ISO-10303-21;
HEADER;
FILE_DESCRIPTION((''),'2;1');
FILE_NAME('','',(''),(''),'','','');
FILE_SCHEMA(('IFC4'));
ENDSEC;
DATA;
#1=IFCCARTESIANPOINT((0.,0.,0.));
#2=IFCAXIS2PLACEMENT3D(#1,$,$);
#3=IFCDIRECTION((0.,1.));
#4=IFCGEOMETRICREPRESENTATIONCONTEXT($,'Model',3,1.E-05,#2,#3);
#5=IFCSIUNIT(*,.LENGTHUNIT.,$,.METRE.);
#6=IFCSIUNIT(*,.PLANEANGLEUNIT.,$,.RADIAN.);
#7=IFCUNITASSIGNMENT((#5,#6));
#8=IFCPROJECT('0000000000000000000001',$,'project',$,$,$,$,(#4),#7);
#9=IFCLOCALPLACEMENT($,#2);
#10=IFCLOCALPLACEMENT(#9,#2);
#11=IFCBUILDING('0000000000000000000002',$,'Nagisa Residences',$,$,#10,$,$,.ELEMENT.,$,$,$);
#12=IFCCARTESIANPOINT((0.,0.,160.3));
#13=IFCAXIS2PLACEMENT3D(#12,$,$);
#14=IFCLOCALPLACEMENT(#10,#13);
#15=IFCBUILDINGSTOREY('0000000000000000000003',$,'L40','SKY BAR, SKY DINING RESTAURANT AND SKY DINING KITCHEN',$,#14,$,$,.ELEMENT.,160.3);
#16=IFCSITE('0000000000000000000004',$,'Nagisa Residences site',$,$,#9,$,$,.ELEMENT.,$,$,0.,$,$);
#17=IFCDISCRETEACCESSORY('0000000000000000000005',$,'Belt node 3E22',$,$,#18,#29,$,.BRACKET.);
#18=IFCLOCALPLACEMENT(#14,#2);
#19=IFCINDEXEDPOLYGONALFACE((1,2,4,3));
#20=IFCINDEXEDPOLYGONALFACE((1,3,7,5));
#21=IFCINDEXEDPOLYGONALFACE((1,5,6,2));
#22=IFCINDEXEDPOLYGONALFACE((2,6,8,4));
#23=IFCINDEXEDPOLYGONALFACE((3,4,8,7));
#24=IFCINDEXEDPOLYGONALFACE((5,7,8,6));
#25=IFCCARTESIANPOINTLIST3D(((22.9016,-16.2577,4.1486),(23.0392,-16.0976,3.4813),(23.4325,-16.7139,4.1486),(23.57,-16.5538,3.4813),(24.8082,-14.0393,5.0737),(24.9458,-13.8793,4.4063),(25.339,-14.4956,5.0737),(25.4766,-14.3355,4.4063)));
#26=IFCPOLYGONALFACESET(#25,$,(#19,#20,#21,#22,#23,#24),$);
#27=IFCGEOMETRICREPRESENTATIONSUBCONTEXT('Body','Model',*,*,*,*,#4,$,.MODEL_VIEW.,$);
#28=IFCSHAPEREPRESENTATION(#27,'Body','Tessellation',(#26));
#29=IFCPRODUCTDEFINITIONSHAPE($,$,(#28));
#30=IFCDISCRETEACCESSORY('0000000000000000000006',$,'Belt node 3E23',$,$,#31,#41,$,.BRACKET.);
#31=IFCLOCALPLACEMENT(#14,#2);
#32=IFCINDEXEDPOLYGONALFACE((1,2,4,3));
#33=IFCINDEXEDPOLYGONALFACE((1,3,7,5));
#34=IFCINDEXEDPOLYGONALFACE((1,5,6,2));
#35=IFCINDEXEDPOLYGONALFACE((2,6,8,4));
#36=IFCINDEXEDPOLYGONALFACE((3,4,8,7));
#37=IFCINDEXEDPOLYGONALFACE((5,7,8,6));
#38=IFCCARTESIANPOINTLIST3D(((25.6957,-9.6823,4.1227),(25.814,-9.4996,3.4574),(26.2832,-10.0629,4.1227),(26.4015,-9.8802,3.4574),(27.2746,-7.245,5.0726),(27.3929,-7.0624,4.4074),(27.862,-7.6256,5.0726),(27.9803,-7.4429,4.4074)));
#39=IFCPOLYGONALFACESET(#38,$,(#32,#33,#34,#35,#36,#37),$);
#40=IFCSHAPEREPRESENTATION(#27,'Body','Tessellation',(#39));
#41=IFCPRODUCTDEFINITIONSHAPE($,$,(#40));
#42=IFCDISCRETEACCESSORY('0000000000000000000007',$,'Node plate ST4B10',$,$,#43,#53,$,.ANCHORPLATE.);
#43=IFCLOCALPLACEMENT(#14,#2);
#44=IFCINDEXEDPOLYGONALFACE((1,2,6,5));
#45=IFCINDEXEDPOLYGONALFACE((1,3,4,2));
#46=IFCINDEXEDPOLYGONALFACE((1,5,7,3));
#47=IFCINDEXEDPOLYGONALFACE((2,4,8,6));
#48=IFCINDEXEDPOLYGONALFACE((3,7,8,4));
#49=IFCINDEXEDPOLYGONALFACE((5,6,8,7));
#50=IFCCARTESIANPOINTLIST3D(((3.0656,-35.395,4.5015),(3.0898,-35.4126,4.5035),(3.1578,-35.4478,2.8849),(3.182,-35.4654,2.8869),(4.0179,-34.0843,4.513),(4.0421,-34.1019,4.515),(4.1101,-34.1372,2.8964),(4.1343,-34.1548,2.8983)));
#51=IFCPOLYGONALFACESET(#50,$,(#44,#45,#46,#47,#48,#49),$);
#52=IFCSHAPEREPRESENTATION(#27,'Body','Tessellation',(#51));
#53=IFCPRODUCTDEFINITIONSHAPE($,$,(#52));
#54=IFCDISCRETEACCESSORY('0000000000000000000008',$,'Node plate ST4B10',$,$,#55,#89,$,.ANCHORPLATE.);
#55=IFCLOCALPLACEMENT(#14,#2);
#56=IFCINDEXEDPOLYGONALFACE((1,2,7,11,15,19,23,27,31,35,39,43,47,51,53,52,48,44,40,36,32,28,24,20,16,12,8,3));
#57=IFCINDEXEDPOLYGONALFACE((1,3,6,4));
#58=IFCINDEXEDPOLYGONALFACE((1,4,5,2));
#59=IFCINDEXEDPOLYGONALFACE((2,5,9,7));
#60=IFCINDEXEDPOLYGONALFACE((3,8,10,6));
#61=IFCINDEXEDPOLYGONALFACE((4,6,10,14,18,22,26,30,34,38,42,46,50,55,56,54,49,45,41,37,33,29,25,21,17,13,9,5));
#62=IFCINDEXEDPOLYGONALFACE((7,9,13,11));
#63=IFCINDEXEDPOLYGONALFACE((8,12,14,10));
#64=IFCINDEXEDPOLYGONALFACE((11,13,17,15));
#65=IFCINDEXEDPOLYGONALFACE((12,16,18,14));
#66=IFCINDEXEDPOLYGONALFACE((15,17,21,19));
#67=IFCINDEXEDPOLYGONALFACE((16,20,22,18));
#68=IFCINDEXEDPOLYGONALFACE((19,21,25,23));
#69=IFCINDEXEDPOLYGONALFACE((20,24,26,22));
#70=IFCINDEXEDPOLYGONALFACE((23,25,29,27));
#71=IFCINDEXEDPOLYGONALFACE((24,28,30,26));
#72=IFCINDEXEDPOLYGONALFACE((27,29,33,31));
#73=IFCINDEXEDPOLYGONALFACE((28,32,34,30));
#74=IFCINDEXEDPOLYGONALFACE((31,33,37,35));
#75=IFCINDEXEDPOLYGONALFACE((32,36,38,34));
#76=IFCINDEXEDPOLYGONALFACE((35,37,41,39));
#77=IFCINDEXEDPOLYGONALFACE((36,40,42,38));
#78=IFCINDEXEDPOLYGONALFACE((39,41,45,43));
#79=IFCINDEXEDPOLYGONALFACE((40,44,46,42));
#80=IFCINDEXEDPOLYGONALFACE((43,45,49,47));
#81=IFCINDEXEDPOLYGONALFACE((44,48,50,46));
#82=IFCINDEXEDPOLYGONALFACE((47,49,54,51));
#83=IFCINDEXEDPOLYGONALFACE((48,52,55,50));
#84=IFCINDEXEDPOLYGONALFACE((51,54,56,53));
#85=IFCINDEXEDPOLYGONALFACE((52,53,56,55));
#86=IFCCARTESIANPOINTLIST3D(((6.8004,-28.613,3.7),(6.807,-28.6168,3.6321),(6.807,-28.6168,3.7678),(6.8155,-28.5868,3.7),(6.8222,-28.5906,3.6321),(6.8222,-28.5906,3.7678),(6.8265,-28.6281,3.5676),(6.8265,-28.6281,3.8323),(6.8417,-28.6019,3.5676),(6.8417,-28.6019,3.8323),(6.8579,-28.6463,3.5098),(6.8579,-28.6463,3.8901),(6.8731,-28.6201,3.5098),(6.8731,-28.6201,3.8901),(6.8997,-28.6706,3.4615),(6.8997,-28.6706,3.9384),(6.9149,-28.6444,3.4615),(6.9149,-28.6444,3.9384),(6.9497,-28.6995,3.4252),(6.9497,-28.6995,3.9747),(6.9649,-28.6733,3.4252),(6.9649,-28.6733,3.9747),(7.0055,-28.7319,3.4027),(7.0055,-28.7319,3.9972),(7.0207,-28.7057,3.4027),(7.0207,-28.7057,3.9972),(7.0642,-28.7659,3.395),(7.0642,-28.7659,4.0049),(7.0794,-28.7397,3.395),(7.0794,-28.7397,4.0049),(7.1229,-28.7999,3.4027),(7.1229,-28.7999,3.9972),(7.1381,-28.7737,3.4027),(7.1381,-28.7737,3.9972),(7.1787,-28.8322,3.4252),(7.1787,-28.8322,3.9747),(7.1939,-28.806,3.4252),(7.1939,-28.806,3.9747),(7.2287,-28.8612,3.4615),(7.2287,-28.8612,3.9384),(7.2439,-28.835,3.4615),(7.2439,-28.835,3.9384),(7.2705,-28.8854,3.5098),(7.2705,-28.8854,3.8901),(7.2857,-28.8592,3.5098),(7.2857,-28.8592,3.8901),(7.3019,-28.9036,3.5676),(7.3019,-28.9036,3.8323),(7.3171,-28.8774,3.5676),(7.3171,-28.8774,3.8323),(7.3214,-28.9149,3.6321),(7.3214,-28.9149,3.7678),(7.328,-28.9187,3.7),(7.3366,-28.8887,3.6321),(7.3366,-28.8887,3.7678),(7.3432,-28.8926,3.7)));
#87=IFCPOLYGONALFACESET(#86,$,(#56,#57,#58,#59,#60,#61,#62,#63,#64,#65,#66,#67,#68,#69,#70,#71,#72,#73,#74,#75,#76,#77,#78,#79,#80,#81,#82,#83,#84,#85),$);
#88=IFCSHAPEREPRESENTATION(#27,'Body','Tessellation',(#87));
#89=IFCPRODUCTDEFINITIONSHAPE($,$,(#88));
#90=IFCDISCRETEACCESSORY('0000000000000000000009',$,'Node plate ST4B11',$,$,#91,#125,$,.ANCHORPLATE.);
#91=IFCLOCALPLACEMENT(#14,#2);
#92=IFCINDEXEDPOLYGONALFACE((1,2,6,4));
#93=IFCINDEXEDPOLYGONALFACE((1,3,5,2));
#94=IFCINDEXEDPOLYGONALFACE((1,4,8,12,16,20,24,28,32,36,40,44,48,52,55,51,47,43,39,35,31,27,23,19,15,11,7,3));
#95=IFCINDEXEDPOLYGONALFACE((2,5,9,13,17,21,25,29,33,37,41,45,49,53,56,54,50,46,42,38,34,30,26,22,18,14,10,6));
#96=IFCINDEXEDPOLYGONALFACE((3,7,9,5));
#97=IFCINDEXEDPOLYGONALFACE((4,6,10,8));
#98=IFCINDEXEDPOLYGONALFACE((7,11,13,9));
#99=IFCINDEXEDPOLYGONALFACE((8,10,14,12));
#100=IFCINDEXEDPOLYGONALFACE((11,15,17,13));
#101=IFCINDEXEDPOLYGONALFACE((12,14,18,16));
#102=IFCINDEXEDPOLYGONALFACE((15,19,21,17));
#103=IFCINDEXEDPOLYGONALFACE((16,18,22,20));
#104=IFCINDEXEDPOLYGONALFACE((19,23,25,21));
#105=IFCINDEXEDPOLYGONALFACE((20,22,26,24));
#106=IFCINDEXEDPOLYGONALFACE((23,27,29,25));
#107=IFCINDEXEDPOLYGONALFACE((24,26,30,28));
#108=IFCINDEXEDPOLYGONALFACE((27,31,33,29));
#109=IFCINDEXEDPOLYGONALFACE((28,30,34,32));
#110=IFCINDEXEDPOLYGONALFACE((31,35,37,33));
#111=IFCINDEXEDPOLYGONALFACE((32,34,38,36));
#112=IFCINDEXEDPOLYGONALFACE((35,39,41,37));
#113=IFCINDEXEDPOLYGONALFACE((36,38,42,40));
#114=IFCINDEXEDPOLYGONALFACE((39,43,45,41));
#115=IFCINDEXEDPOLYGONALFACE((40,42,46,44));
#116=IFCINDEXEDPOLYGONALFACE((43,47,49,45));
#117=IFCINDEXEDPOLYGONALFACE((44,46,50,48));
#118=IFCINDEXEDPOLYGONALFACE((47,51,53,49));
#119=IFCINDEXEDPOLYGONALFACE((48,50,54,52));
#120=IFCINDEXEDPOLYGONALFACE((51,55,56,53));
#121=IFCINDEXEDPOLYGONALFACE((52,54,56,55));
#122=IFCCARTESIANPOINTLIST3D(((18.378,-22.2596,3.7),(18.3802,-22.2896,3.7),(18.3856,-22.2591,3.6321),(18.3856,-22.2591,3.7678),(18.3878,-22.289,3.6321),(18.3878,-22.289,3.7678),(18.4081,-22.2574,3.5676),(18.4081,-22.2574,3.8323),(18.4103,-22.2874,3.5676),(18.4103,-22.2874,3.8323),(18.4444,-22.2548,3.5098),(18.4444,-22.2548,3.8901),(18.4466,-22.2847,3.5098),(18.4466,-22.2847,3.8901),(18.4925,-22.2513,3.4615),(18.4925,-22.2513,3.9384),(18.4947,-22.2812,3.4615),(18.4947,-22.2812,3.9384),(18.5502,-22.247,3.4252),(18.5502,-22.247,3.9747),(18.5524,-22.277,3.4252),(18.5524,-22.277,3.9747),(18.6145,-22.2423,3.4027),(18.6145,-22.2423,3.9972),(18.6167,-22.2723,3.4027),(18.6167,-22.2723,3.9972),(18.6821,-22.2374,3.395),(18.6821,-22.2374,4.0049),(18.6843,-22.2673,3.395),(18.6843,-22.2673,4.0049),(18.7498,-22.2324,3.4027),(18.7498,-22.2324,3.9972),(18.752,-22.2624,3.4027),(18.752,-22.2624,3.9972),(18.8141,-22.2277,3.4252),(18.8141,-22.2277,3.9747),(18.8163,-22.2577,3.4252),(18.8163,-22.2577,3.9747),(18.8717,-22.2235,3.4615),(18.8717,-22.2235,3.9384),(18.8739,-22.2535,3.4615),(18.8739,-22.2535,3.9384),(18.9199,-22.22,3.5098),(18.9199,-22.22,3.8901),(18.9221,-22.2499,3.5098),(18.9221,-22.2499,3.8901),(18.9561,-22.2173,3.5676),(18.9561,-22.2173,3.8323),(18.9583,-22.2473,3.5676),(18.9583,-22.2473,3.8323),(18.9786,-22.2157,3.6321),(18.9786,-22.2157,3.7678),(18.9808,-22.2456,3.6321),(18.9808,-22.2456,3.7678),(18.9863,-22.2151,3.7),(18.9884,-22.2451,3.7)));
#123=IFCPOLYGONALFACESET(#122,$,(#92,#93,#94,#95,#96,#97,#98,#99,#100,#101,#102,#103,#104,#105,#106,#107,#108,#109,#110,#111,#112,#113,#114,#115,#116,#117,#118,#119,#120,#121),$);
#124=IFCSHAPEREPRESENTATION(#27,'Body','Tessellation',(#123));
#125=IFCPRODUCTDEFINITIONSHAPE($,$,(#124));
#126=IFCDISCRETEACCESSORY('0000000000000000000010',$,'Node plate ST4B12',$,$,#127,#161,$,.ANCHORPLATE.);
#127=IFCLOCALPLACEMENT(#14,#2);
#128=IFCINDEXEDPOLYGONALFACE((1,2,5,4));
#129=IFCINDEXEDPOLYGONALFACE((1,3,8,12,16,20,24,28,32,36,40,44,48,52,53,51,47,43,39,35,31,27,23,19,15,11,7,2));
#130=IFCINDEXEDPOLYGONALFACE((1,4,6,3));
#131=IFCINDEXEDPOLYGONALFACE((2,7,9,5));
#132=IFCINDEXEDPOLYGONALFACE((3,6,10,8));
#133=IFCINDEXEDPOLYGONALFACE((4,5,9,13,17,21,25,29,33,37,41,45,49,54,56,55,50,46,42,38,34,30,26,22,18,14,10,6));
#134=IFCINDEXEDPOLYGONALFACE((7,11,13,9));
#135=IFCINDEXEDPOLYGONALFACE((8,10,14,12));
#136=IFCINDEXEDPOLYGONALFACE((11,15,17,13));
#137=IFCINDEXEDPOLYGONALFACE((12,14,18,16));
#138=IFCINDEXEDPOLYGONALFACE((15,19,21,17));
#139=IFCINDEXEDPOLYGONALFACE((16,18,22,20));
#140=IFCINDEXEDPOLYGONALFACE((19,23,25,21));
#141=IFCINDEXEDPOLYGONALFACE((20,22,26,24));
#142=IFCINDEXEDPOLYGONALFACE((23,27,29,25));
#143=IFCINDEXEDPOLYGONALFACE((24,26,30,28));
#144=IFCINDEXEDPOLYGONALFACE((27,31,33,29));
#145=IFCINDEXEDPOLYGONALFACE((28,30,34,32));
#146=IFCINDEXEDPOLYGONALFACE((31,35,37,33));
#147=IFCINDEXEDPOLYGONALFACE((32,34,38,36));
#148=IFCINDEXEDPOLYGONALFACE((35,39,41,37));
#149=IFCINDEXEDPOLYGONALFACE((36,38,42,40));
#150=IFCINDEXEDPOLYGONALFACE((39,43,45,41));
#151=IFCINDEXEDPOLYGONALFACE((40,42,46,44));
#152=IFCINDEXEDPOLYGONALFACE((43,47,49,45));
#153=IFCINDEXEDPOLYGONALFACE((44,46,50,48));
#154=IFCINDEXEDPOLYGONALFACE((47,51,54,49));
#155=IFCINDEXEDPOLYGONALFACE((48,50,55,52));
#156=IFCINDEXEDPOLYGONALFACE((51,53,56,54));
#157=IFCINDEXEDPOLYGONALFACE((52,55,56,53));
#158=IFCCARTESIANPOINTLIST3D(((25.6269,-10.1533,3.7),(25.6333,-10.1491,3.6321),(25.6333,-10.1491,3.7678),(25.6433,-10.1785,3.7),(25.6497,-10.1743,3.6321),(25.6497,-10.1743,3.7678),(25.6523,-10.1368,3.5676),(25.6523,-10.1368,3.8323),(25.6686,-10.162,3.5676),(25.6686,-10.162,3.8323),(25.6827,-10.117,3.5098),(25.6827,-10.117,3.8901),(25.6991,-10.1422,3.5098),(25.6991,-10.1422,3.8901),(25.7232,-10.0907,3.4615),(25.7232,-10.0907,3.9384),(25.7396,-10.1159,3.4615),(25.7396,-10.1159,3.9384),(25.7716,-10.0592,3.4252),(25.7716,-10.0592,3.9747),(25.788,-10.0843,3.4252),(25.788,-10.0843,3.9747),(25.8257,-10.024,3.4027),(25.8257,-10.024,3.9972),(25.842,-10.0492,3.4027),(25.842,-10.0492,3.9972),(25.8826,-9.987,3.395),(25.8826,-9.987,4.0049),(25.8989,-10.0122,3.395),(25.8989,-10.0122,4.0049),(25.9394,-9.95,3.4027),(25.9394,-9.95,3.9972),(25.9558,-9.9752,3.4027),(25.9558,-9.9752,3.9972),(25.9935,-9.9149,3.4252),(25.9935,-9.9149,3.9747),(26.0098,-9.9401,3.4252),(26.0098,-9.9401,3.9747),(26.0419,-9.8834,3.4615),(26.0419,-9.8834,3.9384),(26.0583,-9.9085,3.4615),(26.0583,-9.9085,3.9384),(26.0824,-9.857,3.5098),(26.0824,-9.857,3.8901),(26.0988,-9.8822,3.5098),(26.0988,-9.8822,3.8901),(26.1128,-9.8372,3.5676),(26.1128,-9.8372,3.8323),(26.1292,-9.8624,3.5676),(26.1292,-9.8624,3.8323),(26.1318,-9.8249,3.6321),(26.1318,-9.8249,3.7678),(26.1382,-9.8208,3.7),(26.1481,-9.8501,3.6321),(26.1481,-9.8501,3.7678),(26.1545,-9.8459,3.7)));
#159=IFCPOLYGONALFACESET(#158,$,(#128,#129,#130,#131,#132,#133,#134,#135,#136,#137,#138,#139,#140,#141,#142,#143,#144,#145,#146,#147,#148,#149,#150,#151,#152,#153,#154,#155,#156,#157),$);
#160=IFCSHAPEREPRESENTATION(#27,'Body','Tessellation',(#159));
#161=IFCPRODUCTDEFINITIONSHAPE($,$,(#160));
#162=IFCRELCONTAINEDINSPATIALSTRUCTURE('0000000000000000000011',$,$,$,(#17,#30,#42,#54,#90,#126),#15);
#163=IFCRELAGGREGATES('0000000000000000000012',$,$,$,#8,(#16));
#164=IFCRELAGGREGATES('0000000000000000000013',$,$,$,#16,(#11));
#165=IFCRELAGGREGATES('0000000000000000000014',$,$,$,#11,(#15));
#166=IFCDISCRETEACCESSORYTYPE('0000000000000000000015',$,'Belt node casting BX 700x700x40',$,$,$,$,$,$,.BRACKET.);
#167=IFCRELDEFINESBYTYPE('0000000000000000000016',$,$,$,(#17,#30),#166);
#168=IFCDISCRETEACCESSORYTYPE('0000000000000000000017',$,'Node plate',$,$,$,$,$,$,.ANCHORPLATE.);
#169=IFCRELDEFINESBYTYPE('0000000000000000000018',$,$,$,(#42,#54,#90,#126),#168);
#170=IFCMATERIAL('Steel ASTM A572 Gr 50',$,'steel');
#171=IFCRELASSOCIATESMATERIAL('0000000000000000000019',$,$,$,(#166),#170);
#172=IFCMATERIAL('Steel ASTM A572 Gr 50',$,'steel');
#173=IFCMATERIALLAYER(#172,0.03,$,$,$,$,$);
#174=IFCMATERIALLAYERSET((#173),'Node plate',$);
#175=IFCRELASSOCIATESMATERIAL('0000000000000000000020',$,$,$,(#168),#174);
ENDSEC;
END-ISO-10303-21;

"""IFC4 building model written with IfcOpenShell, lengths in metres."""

from ifc_helpers import new_model, si_unit, direction, frame, origin, origin_2d, place, context, subcontext, project, spatial, rectangle, circle, extrude, material, layer, layer_set, type_object, element, save


model = new_model("IFC4")

# Units and contexts
model_context = context("Model", 3, precision=1e-05, world=origin(), true_north=direction((0.0, 1.0)))
body_context = subcontext(model_context, "Body", "Model", "MODEL_VIEW")
ifc_project = project(units=[si_unit("LENGTHUNIT", "METRE"), si_unit("PLANEANGLEUNIT", "RADIAN")], contexts=[model_context])

# Site, building, storey
site_placement = place(None, origin())
site = spatial("IfcSite", under=ifc_project, at=site_placement, Name="Nagisa Residences site", CompositionType="ELEMENT", RefElevation=0.0)
building_placement = place(site_placement, origin())
building = spatial("IfcBuilding", under=site, at=building_placement, Name="Nagisa Residences", CompositionType="ELEMENT")
storey_placement = place(building_placement, frame((0.0, 0.0, 160.3)))
storey = spatial("IfcBuildingStorey", under=building, at=storey_placement, Name="L40", Description="SKY BAR, SKY DINING RESTAURANT AND SKY DINING KITCHEN", CompositionType="ELEMENT", Elevation=160.3)

# Discrete accessories
ifc_material_1 = material(Name="Steel ASTM A572 Gr 50", Category="steel")
discrete_accessory_type_1 = type_object("IfcDiscreteAccessoryType", Name="Belt node casting BX 700x700x40", PredefinedType="BRACKET", material=ifc_material_1)
discrete_accessory_1_placement = place(storey_placement, frame((23.2358, -16.4058, 3.8149), z_axis=(0.621462, 0.72309, 0.301539), x_axis=(-0.75839, 0.651801, 0.0)))
element("IfcDiscreteAccessory", 1, at=discrete_accessory_1_placement, inside=storey, type_object=discrete_accessory_type_1, Name="Belt node 3E22", PredefinedType="BRACKET", context=body_context, shape_type="SweptSolid", body=[
    extrude(rectangle(XDim=0.7, YDim=0.7, at=origin_2d()), origin(), (0.0, 0.0, 1.0), 3.0679),
])
discrete_accessory_2_placement = place(storey_placement, frame((26.0486, -9.7812, 3.79), z_axis=(0.516745, 0.79769, 0.31091), x_axis=(-0.839286, 0.54369, 0.0)))
element("IfcDiscreteAccessory", 2, at=discrete_accessory_2_placement, inside=storey, type_object=discrete_accessory_type_1, Name="Belt node 3E23", PredefinedType="BRACKET", context=body_context, shape_type="SweptSolid", body=[
    extrude(rectangle(XDim=0.7, YDim=0.7, at=origin_2d()), origin(), (0.0, 0.0, 1.0), 3.0554),
])
ifc_material_2 = material(Name="Steel ASTM A572 Gr 50", Category="steel")
ifc_layer = layer(ifc_material_2, 0.03)
ifc_layer_set = layer_set([ifc_layer], Name="Node plate")
discrete_accessory_type_2 = type_object("IfcDiscreteAccessoryType", Name="Node plate", PredefinedType="ANCHORPLATE", material=ifc_layer_set)
discrete_accessory_3_placement = place(storey_placement, frame((3.6121, -34.7837, 3.7009), z_axis=(-0.807015, 0.58692, -0.065213), x_axis=(0.587783, 0.808988, 0.007079)))
element("IfcDiscreteAccessory", 3, at=discrete_accessory_3_placement, inside=storey, type_object=discrete_accessory_type_2, Name="Node plate ST4B10", PredefinedType="ANCHORPLATE", context=body_context, shape_type="SweptSolid", body=[
    extrude(rectangle(XDim=1.6201, YDim=1.6201, at=origin_2d()), origin(), (0.0, 0.0, 1.0), 0.03),
])
discrete_accessory_4_placement = place(storey_placement, frame((7.0642, -28.7659, 3.7), z_axis=(0.501355, 0.865242, 0.0), x_axis=(-0.865242, 0.501355, 0.0)))
element("IfcDiscreteAccessory", 4, at=discrete_accessory_4_placement, inside=storey, type_object=discrete_accessory_type_2, Name="Node plate ST4B10", PredefinedType="ANCHORPLATE", context=body_context, shape_type="SweptSolid", body=[
    extrude(circle(Radius=0.3049, at=origin_2d()), origin(), (0.0, 0.0, 1.0), 0.0303),
])
for number, where, z_axis, x_axis, name in (
    (5, (18.6843, -22.2673, 3.7), (-0.072976, 0.997334, 0.0), (-0.997334, -0.072976, 0.0), "Node plate ST4B11"),
    (6, (25.8989, -10.0122, 3.7), (-0.545274, 0.838258, 0.0), (-0.838258, -0.545274, 0.0), "Node plate ST4B12"),
):
    element("IfcDiscreteAccessory", number, at=place(storey_placement, frame(where, z_axis=z_axis, x_axis=x_axis)), inside=storey, type_object=discrete_accessory_type_2, Name=name, PredefinedType="ANCHORPLATE", context=body_context, shape_type="SweptSolid", body=[
        extrude(circle(Radius=0.3049, at=origin_2d()), origin(), (0.0, 0.0, 1.0), 0.03),
    ])

save(model, "model.ifc")
